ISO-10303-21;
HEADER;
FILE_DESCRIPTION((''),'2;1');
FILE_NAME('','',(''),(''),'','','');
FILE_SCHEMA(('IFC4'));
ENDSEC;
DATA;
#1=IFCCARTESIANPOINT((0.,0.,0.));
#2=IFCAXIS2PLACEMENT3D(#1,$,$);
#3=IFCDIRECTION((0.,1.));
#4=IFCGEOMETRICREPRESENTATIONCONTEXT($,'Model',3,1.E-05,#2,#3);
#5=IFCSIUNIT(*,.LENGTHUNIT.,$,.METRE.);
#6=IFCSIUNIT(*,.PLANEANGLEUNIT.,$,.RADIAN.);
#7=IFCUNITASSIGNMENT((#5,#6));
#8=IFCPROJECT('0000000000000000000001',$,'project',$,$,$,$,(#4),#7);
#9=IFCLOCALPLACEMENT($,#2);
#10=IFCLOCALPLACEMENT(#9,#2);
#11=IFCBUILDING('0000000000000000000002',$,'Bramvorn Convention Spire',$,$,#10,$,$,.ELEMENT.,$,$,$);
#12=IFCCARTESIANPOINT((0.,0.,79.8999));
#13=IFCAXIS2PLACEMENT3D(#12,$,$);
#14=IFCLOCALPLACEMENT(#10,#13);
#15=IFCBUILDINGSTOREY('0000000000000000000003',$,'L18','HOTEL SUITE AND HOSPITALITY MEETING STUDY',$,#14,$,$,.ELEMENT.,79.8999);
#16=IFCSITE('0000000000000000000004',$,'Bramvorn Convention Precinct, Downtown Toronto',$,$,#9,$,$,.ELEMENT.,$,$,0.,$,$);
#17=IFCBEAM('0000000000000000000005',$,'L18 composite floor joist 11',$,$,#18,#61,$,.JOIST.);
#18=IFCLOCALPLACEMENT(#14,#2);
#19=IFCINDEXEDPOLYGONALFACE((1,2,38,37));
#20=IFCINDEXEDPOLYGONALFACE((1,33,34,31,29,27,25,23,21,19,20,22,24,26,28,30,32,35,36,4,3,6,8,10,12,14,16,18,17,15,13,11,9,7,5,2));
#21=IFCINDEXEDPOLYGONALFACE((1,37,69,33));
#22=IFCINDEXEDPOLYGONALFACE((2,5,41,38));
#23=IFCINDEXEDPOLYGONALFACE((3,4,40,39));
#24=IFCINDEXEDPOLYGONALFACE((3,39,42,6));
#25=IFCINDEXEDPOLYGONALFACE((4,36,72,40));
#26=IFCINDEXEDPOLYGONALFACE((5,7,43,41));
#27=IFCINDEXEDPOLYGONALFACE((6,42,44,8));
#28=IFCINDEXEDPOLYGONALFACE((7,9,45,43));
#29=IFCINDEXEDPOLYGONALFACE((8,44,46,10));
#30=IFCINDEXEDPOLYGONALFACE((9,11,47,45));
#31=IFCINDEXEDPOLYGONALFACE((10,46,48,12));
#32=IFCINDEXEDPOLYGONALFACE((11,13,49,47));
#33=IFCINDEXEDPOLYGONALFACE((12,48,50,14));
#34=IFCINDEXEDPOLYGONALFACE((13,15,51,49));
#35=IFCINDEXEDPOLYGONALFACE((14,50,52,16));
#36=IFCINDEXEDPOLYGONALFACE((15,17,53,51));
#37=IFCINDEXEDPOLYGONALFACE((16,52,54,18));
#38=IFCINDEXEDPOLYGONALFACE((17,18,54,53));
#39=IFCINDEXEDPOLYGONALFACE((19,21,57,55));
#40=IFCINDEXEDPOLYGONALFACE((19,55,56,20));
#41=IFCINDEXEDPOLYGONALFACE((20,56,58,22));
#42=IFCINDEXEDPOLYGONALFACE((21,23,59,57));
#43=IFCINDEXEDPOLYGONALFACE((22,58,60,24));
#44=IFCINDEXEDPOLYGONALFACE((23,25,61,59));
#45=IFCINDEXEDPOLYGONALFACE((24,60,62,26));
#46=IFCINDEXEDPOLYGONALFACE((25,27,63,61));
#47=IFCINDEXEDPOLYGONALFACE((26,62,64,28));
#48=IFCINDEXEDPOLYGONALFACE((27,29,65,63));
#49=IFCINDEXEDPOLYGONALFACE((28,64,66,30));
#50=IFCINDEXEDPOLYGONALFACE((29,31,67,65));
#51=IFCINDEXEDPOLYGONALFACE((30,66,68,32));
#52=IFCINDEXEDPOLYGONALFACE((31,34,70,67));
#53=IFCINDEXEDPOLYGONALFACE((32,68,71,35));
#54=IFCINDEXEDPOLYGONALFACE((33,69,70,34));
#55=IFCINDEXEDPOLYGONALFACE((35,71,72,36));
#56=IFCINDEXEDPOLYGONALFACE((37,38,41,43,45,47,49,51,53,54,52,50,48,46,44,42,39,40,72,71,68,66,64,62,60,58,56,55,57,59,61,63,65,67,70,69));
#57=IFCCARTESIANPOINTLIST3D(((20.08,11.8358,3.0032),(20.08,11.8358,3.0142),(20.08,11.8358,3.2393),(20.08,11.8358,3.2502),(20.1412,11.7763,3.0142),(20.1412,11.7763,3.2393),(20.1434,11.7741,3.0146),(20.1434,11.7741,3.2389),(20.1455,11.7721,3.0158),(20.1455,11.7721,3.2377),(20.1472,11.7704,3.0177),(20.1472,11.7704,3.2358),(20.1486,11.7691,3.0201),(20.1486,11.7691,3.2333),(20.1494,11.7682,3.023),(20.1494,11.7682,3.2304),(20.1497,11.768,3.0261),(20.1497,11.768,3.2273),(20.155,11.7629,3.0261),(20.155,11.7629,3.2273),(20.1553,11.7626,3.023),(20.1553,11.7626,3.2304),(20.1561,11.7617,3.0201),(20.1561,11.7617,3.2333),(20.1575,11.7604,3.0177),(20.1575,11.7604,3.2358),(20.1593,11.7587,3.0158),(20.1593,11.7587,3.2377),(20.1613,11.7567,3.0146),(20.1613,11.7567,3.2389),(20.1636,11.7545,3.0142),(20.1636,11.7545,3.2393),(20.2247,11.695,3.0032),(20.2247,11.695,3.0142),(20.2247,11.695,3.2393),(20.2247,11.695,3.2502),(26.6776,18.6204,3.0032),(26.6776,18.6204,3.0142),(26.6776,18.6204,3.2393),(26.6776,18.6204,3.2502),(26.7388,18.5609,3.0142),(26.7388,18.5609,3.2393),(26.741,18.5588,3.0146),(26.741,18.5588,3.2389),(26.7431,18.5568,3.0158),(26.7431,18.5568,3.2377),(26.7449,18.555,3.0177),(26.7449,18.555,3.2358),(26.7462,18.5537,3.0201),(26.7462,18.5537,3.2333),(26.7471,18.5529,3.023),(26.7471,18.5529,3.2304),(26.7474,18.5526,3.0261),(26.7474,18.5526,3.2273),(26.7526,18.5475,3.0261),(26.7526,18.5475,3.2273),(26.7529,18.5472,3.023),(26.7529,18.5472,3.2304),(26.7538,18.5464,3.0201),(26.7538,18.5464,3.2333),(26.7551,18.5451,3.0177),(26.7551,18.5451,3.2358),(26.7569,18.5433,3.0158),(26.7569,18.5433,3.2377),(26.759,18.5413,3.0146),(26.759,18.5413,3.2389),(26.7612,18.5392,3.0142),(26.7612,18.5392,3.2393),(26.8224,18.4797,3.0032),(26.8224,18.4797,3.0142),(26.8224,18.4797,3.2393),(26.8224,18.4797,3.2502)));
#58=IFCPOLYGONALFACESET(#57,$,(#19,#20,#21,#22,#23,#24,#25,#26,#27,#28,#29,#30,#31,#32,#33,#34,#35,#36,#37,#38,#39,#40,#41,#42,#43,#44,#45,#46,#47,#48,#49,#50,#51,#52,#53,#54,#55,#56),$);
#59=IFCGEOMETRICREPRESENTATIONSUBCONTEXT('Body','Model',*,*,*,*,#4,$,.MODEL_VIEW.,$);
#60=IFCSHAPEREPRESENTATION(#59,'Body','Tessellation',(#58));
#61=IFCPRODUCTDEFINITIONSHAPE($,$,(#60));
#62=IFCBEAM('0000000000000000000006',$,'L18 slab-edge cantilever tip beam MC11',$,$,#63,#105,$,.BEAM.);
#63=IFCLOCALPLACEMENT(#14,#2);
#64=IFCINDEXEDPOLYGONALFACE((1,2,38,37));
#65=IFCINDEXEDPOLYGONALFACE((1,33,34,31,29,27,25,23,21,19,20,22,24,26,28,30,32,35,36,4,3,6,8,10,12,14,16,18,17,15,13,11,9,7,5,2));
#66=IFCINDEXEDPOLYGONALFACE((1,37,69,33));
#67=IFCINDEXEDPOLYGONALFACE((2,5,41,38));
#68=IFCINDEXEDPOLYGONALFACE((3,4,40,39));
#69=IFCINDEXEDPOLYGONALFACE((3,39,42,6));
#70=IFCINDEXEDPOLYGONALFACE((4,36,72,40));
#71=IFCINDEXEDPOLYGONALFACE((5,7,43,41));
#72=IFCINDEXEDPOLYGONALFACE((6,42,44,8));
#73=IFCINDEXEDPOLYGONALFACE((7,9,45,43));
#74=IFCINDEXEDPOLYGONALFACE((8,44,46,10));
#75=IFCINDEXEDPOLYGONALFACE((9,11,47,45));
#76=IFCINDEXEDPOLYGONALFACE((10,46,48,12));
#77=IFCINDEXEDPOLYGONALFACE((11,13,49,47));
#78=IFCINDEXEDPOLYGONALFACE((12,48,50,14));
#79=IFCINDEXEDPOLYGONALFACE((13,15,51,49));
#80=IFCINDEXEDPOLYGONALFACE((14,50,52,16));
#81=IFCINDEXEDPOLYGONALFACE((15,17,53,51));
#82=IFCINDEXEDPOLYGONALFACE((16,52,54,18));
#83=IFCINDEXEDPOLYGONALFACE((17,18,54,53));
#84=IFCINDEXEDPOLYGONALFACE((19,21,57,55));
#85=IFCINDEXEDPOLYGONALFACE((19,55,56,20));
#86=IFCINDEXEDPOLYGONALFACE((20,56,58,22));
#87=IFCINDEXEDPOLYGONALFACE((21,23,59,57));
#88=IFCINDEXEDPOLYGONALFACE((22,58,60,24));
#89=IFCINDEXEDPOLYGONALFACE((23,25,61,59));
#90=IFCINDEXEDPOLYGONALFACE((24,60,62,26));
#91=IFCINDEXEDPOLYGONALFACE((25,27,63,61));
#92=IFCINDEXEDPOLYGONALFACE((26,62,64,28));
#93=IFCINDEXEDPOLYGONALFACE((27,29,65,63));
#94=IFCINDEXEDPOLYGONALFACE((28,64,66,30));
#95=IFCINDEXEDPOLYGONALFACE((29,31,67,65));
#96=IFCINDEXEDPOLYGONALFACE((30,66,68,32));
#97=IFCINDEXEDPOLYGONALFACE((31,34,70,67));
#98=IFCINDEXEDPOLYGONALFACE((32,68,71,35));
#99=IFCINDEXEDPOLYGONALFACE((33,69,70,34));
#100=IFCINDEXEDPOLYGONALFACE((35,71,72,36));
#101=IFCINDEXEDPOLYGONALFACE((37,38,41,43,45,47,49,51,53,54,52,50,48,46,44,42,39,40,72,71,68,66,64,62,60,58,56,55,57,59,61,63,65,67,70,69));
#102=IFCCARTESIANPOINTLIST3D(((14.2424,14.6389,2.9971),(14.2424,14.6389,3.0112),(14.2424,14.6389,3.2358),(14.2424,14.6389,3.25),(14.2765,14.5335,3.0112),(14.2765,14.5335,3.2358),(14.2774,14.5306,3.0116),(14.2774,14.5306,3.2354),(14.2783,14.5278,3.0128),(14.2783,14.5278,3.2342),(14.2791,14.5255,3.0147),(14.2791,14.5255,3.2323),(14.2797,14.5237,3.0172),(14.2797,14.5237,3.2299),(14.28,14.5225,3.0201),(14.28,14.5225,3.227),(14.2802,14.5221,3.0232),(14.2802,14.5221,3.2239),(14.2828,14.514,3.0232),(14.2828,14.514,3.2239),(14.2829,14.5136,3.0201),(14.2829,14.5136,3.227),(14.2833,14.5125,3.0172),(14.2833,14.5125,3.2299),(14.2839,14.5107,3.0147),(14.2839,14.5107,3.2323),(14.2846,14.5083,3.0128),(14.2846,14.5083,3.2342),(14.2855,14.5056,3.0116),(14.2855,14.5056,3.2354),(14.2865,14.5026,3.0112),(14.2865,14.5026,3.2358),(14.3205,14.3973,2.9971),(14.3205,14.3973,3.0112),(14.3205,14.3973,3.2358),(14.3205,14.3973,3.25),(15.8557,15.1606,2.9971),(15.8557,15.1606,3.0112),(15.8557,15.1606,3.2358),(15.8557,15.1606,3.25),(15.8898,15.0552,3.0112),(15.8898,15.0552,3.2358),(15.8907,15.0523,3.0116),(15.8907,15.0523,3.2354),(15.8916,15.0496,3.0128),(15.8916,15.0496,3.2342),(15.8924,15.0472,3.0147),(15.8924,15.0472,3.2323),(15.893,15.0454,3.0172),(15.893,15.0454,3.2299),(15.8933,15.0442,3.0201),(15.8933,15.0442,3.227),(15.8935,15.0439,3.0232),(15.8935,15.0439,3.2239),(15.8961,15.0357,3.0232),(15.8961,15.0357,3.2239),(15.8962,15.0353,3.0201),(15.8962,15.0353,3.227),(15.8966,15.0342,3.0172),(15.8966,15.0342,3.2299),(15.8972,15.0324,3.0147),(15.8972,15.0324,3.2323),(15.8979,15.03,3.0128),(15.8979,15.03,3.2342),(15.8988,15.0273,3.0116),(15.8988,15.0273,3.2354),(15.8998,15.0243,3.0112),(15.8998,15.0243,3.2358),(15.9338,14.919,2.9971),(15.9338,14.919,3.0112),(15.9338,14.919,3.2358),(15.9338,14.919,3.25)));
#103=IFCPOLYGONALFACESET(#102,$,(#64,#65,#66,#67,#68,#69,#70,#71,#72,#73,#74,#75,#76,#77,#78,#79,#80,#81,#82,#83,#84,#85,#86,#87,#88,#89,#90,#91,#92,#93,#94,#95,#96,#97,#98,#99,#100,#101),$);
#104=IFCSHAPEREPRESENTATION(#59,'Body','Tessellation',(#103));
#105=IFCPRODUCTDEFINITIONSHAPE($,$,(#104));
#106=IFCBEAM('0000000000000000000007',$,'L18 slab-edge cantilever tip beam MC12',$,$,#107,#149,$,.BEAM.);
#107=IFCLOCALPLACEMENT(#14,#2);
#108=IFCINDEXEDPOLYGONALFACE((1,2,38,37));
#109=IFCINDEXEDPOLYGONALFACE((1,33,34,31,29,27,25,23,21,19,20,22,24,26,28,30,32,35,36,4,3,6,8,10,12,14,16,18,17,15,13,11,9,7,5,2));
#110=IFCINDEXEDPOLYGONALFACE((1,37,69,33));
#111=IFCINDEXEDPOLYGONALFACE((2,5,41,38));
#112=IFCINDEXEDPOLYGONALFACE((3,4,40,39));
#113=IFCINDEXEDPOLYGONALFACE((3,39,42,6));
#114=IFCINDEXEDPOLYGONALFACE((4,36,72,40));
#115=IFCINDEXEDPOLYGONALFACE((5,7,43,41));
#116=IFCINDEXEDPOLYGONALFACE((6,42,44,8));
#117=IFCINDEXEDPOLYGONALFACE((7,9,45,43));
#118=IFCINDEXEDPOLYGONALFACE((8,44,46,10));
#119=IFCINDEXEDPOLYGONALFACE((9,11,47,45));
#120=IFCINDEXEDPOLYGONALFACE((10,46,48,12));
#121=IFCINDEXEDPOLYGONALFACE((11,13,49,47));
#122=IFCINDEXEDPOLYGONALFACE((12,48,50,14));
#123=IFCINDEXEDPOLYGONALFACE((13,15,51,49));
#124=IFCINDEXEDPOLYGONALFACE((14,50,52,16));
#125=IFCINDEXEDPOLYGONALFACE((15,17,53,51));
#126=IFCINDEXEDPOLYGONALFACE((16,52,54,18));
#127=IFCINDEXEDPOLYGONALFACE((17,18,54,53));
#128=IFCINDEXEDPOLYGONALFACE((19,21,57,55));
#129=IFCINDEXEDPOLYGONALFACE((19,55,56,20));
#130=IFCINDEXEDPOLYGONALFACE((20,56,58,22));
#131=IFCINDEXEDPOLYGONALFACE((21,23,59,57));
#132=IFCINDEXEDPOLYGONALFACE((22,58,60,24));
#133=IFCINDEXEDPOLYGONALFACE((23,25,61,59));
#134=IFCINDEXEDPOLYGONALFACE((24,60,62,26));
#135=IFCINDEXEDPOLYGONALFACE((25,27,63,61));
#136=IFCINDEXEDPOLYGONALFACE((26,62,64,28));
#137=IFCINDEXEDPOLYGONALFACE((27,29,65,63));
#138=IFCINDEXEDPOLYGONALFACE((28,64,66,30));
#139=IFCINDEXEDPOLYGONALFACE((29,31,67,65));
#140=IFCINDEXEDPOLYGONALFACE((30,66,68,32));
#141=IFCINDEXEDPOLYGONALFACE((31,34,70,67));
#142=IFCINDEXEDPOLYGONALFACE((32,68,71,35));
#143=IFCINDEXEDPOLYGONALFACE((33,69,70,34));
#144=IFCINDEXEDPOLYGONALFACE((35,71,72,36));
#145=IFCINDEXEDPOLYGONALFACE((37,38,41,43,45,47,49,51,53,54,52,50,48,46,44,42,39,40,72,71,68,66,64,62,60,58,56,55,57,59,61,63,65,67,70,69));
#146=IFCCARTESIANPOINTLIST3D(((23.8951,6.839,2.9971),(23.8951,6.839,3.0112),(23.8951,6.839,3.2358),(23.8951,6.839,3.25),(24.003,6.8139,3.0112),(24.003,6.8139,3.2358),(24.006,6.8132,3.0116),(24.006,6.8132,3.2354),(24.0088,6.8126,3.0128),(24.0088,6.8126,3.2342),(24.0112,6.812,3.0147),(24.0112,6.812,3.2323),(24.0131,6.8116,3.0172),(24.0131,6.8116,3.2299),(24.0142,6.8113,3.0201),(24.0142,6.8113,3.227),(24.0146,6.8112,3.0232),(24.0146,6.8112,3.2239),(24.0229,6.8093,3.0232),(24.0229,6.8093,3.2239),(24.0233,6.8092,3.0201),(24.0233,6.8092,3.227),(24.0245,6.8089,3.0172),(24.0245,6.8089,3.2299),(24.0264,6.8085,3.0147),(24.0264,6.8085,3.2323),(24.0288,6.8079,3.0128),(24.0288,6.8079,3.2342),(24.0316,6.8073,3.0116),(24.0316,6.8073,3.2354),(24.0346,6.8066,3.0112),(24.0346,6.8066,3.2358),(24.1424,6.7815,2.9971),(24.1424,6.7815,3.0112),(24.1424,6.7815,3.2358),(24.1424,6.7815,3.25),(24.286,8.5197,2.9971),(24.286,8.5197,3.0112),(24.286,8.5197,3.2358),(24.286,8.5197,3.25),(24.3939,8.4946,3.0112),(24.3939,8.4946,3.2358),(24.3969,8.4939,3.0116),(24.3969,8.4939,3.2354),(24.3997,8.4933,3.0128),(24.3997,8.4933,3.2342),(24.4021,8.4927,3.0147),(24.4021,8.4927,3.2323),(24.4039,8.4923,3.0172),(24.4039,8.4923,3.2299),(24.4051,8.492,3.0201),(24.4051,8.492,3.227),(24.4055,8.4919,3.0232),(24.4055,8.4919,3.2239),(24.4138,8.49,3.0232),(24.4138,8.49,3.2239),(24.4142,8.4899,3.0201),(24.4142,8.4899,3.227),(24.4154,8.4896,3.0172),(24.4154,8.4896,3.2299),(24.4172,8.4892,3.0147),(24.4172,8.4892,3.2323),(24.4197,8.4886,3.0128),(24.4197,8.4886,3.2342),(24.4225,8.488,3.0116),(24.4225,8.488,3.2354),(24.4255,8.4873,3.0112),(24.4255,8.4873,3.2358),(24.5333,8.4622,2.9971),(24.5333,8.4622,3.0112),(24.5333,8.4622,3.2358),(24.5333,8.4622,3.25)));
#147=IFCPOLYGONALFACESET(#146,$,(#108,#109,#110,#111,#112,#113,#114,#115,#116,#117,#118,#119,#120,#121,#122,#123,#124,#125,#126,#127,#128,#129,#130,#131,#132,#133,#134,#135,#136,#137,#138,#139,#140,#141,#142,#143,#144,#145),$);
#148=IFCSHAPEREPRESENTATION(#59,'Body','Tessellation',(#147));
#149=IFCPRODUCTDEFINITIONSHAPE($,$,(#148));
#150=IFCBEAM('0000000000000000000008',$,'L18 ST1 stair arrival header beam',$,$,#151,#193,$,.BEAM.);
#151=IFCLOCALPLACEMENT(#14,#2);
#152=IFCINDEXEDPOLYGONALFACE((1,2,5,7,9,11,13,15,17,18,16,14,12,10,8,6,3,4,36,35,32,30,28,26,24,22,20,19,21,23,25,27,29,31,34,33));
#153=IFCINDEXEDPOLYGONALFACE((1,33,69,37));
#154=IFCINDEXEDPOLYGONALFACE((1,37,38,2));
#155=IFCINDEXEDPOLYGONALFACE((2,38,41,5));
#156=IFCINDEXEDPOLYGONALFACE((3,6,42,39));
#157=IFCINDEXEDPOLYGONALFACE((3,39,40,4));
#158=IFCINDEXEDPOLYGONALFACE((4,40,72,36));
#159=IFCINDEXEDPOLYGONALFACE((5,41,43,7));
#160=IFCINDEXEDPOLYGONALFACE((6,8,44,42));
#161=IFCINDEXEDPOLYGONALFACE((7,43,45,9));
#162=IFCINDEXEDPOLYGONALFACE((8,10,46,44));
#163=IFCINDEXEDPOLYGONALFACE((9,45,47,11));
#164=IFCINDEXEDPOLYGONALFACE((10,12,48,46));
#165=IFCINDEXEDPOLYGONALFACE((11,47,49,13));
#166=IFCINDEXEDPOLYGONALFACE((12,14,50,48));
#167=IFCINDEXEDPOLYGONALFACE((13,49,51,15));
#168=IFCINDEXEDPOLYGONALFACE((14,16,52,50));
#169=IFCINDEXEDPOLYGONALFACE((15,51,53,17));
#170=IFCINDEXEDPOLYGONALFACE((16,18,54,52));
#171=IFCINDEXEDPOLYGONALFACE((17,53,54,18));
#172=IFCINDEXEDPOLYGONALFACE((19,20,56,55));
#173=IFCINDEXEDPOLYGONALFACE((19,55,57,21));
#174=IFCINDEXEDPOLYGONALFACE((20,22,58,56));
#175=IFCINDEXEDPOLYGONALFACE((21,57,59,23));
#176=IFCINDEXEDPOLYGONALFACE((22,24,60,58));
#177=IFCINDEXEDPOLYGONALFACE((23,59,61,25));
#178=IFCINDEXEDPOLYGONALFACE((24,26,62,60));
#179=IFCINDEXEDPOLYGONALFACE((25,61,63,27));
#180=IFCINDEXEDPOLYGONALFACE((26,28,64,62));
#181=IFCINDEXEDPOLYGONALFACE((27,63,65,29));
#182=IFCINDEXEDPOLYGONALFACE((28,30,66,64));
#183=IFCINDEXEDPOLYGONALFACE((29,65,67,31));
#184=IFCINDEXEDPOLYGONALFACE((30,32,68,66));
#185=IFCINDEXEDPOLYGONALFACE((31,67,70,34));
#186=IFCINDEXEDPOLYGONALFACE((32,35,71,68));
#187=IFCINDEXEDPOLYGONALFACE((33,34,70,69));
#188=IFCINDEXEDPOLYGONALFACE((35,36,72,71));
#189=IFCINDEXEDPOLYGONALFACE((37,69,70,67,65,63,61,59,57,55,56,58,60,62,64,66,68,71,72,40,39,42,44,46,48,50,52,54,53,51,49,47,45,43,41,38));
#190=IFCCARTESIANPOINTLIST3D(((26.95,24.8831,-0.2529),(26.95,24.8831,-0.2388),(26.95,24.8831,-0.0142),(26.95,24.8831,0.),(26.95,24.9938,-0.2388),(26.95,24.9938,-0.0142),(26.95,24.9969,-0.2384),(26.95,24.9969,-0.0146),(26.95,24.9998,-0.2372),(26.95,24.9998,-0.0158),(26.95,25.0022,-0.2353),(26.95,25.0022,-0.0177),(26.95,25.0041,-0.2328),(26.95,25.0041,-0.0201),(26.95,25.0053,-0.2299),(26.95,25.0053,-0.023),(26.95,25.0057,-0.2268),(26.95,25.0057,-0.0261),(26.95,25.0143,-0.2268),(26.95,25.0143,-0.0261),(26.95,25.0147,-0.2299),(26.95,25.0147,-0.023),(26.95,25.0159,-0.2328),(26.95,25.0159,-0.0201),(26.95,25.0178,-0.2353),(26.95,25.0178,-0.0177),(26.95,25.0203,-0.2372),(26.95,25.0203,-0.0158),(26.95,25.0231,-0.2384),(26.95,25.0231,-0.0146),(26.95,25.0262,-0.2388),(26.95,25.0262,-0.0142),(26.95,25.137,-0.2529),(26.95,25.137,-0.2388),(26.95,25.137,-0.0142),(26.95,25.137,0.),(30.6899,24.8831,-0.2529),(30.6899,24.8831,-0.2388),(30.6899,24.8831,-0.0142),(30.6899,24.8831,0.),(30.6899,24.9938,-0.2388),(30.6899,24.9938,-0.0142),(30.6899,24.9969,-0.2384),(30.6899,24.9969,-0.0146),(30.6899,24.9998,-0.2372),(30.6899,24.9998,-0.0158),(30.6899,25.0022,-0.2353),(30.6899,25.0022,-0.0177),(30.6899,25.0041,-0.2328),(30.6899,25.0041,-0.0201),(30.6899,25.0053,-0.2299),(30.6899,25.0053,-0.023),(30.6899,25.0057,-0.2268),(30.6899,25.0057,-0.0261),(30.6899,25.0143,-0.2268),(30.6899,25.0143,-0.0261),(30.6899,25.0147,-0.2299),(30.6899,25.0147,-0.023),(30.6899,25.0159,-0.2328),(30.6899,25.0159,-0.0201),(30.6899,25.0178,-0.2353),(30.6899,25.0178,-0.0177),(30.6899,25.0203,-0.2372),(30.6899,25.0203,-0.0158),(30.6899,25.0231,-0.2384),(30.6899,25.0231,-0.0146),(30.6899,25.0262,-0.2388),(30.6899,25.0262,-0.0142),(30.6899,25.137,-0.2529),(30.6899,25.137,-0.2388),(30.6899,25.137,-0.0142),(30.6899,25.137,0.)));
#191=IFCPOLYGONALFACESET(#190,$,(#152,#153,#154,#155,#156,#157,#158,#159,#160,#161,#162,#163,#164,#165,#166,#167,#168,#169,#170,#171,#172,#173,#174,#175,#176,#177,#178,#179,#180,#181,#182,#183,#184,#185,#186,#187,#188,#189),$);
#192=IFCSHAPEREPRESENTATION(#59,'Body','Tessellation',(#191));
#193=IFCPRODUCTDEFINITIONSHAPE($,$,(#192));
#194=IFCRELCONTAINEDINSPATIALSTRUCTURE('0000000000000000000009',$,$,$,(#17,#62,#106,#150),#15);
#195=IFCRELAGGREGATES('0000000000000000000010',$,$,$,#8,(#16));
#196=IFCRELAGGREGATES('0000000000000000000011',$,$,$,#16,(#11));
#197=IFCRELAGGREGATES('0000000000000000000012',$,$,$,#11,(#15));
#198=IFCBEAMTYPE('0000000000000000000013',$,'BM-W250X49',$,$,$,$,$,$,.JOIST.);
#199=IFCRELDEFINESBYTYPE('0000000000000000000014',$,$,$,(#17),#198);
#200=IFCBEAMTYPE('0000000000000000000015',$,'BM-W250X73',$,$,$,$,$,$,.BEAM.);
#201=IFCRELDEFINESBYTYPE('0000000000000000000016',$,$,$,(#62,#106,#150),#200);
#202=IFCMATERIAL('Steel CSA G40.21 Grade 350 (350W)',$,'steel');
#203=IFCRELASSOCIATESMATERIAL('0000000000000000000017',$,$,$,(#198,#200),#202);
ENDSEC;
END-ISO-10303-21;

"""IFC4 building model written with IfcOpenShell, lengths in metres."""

from ifc_helpers import new_model, si_unit, direction, frame, origin, origin_2d, place, context, subcontext, project, spatial, i_section, extrude, material, material_profile, profile_set, type_object, element, save


model = new_model("IFC4")

# Units and contexts
model_context = context("Model", 3, precision=1e-05, world=origin(), true_north=direction((0.0, 1.0)))
body_context = subcontext(model_context, "Body", "Model", "MODEL_VIEW")
ifc_project = project(units=[si_unit("LENGTHUNIT", "METRE"), si_unit("PLANEANGLEUNIT", "RADIAN")], contexts=[model_context])

# Site, building, storey
site_placement = place(None, origin())
site = spatial("IfcSite", under=ifc_project, at=site_placement, Name="Bramvorn Convention Precinct, Downtown Toronto", CompositionType="ELEMENT", RefElevation=0.0)
building_placement = place(site_placement, origin())
building = spatial("IfcBuilding", under=site, at=building_placement, Name="Bramvorn Convention Spire", CompositionType="ELEMENT")
storey_placement = place(building_placement, frame((0.0, 0.0, 79.8999)))
storey = spatial("IfcBuildingStorey", under=building, at=storey_placement, Name="L18", Description="HOTEL SUITE AND HOSPITALITY MEETING STUDY", CompositionType="ELEMENT", Elevation=79.8999)

# Shared definitions
ifc_material_1 = material(Name="Steel CSA G40.21 Grade 350 (350W)", Category="steel")

# Beams
ifc_material_profile_1 = material_profile(ifc_material_1, i_section(OverallWidth=0.2019, OverallDepth=0.2471, WebThickness=0.0073, FlangeThickness=0.011, FilletRadius=0.012, at=origin_2d()))
ifc_profile_set_1 = profile_set([ifc_material_profile_1], Name="Steel CSA G40.21 Grade 350 (350W) - W250X49")
beam_type_1 = type_object("IfcBeamType", Name="BM-W250X49", PredefinedType="JOIST", material=ifc_profile_set_1)
beam_1_placement = place(storey_placement, frame((26.75, 18.55, 3.1267), z_axis=(-0.697157, -0.716918, 0.0), x_axis=(0.716918, -0.697157, 0.0)))
element("IfcBeam", 1, at=beam_1_placement, inside=storey, type_object=beam_type_1, Name="L18 composite floor joist 11", PredefinedType="JOIST", context=body_context, shape_type="SweptSolid", body=[
    extrude(i_section(OverallWidth=0.2019, OverallDepth=0.2471, WebThickness=0.0073, FlangeThickness=0.011, FilletRadius=0.012, at=origin_2d()), origin(), (0.0, 0.0, 1.0), 9.4636),
])
ifc_material_profile_2 = material_profile(ifc_material_1, i_section(OverallWidth=0.2539, OverallDepth=0.2529, WebThickness=0.0085, FlangeThickness=0.0142, FilletRadius=0.012, at=origin_2d()))
ifc_profile_set_2 = profile_set([ifc_material_profile_2], Name="Steel CSA G40.21 Grade 350 (350W) - W250X73")
beam_type_2 = type_object("IfcBeamType", Name="BM-W250X73", PredefinedType="BEAM", material=ifc_profile_set_2)
beam_2_placement = place(storey_placement, frame((15.8948, 15.0398, 3.1235), z_axis=(-0.951482, -0.307705, 0.0), x_axis=(0.307705, -0.951482, 0.0)))
element("IfcBeam", 2, at=beam_2_placement, inside=storey, type_object=beam_type_2, Name="L18 slab-edge cantilever tip beam MC11", PredefinedType="BEAM", context=body_context, shape_type="SweptSolid", body=[
    extrude(i_section(OverallWidth=0.2539, OverallDepth=0.2529, WebThickness=0.0085, FlangeThickness=0.0142, FilletRadius=0.012, at=origin_2d()), origin(), (0.0, 0.0, 1.0), 1.6956),
])
beam_3_placement = place(storey_placement, frame((24.4097, 8.491, 3.1235), z_axis=(-0.226523, -0.974006, 0.0), x_axis=(0.974006, -0.226523, 0.0)))
element("IfcBeam", 3, at=beam_3_placement, inside=storey, type_object=beam_type_2, Name="L18 slab-edge cantilever tip beam MC12", PredefinedType="BEAM", context=body_context, shape_type="SweptSolid", body=[
    extrude(i_section(OverallWidth=0.2539, OverallDepth=0.2529, WebThickness=0.0085, FlangeThickness=0.0142, FilletRadius=0.012, at=origin_2d()), origin(), (0.0, 0.0, 1.0), 1.7256),
])
beam_4_placement = place(storey_placement, frame((26.95, 25.01, -0.1265), z_axis=(1.0, 0.0, 0.0), x_axis=(0.0, 1.0, 0.0)))
element("IfcBeam", 4, at=beam_4_placement, inside=storey, type_object=beam_type_2, Name="L18 ST1 stair arrival header beam", PredefinedType="BEAM", context=body_context, shape_type="SweptSolid", body=[
    extrude(i_section(OverallWidth=0.2539, OverallDepth=0.2529, WebThickness=0.0085, FlangeThickness=0.0142, FilletRadius=0.012, at=origin_2d()), origin(), (0.0, 0.0, 1.0), 3.74),
])

save(model, "model.ifc")
